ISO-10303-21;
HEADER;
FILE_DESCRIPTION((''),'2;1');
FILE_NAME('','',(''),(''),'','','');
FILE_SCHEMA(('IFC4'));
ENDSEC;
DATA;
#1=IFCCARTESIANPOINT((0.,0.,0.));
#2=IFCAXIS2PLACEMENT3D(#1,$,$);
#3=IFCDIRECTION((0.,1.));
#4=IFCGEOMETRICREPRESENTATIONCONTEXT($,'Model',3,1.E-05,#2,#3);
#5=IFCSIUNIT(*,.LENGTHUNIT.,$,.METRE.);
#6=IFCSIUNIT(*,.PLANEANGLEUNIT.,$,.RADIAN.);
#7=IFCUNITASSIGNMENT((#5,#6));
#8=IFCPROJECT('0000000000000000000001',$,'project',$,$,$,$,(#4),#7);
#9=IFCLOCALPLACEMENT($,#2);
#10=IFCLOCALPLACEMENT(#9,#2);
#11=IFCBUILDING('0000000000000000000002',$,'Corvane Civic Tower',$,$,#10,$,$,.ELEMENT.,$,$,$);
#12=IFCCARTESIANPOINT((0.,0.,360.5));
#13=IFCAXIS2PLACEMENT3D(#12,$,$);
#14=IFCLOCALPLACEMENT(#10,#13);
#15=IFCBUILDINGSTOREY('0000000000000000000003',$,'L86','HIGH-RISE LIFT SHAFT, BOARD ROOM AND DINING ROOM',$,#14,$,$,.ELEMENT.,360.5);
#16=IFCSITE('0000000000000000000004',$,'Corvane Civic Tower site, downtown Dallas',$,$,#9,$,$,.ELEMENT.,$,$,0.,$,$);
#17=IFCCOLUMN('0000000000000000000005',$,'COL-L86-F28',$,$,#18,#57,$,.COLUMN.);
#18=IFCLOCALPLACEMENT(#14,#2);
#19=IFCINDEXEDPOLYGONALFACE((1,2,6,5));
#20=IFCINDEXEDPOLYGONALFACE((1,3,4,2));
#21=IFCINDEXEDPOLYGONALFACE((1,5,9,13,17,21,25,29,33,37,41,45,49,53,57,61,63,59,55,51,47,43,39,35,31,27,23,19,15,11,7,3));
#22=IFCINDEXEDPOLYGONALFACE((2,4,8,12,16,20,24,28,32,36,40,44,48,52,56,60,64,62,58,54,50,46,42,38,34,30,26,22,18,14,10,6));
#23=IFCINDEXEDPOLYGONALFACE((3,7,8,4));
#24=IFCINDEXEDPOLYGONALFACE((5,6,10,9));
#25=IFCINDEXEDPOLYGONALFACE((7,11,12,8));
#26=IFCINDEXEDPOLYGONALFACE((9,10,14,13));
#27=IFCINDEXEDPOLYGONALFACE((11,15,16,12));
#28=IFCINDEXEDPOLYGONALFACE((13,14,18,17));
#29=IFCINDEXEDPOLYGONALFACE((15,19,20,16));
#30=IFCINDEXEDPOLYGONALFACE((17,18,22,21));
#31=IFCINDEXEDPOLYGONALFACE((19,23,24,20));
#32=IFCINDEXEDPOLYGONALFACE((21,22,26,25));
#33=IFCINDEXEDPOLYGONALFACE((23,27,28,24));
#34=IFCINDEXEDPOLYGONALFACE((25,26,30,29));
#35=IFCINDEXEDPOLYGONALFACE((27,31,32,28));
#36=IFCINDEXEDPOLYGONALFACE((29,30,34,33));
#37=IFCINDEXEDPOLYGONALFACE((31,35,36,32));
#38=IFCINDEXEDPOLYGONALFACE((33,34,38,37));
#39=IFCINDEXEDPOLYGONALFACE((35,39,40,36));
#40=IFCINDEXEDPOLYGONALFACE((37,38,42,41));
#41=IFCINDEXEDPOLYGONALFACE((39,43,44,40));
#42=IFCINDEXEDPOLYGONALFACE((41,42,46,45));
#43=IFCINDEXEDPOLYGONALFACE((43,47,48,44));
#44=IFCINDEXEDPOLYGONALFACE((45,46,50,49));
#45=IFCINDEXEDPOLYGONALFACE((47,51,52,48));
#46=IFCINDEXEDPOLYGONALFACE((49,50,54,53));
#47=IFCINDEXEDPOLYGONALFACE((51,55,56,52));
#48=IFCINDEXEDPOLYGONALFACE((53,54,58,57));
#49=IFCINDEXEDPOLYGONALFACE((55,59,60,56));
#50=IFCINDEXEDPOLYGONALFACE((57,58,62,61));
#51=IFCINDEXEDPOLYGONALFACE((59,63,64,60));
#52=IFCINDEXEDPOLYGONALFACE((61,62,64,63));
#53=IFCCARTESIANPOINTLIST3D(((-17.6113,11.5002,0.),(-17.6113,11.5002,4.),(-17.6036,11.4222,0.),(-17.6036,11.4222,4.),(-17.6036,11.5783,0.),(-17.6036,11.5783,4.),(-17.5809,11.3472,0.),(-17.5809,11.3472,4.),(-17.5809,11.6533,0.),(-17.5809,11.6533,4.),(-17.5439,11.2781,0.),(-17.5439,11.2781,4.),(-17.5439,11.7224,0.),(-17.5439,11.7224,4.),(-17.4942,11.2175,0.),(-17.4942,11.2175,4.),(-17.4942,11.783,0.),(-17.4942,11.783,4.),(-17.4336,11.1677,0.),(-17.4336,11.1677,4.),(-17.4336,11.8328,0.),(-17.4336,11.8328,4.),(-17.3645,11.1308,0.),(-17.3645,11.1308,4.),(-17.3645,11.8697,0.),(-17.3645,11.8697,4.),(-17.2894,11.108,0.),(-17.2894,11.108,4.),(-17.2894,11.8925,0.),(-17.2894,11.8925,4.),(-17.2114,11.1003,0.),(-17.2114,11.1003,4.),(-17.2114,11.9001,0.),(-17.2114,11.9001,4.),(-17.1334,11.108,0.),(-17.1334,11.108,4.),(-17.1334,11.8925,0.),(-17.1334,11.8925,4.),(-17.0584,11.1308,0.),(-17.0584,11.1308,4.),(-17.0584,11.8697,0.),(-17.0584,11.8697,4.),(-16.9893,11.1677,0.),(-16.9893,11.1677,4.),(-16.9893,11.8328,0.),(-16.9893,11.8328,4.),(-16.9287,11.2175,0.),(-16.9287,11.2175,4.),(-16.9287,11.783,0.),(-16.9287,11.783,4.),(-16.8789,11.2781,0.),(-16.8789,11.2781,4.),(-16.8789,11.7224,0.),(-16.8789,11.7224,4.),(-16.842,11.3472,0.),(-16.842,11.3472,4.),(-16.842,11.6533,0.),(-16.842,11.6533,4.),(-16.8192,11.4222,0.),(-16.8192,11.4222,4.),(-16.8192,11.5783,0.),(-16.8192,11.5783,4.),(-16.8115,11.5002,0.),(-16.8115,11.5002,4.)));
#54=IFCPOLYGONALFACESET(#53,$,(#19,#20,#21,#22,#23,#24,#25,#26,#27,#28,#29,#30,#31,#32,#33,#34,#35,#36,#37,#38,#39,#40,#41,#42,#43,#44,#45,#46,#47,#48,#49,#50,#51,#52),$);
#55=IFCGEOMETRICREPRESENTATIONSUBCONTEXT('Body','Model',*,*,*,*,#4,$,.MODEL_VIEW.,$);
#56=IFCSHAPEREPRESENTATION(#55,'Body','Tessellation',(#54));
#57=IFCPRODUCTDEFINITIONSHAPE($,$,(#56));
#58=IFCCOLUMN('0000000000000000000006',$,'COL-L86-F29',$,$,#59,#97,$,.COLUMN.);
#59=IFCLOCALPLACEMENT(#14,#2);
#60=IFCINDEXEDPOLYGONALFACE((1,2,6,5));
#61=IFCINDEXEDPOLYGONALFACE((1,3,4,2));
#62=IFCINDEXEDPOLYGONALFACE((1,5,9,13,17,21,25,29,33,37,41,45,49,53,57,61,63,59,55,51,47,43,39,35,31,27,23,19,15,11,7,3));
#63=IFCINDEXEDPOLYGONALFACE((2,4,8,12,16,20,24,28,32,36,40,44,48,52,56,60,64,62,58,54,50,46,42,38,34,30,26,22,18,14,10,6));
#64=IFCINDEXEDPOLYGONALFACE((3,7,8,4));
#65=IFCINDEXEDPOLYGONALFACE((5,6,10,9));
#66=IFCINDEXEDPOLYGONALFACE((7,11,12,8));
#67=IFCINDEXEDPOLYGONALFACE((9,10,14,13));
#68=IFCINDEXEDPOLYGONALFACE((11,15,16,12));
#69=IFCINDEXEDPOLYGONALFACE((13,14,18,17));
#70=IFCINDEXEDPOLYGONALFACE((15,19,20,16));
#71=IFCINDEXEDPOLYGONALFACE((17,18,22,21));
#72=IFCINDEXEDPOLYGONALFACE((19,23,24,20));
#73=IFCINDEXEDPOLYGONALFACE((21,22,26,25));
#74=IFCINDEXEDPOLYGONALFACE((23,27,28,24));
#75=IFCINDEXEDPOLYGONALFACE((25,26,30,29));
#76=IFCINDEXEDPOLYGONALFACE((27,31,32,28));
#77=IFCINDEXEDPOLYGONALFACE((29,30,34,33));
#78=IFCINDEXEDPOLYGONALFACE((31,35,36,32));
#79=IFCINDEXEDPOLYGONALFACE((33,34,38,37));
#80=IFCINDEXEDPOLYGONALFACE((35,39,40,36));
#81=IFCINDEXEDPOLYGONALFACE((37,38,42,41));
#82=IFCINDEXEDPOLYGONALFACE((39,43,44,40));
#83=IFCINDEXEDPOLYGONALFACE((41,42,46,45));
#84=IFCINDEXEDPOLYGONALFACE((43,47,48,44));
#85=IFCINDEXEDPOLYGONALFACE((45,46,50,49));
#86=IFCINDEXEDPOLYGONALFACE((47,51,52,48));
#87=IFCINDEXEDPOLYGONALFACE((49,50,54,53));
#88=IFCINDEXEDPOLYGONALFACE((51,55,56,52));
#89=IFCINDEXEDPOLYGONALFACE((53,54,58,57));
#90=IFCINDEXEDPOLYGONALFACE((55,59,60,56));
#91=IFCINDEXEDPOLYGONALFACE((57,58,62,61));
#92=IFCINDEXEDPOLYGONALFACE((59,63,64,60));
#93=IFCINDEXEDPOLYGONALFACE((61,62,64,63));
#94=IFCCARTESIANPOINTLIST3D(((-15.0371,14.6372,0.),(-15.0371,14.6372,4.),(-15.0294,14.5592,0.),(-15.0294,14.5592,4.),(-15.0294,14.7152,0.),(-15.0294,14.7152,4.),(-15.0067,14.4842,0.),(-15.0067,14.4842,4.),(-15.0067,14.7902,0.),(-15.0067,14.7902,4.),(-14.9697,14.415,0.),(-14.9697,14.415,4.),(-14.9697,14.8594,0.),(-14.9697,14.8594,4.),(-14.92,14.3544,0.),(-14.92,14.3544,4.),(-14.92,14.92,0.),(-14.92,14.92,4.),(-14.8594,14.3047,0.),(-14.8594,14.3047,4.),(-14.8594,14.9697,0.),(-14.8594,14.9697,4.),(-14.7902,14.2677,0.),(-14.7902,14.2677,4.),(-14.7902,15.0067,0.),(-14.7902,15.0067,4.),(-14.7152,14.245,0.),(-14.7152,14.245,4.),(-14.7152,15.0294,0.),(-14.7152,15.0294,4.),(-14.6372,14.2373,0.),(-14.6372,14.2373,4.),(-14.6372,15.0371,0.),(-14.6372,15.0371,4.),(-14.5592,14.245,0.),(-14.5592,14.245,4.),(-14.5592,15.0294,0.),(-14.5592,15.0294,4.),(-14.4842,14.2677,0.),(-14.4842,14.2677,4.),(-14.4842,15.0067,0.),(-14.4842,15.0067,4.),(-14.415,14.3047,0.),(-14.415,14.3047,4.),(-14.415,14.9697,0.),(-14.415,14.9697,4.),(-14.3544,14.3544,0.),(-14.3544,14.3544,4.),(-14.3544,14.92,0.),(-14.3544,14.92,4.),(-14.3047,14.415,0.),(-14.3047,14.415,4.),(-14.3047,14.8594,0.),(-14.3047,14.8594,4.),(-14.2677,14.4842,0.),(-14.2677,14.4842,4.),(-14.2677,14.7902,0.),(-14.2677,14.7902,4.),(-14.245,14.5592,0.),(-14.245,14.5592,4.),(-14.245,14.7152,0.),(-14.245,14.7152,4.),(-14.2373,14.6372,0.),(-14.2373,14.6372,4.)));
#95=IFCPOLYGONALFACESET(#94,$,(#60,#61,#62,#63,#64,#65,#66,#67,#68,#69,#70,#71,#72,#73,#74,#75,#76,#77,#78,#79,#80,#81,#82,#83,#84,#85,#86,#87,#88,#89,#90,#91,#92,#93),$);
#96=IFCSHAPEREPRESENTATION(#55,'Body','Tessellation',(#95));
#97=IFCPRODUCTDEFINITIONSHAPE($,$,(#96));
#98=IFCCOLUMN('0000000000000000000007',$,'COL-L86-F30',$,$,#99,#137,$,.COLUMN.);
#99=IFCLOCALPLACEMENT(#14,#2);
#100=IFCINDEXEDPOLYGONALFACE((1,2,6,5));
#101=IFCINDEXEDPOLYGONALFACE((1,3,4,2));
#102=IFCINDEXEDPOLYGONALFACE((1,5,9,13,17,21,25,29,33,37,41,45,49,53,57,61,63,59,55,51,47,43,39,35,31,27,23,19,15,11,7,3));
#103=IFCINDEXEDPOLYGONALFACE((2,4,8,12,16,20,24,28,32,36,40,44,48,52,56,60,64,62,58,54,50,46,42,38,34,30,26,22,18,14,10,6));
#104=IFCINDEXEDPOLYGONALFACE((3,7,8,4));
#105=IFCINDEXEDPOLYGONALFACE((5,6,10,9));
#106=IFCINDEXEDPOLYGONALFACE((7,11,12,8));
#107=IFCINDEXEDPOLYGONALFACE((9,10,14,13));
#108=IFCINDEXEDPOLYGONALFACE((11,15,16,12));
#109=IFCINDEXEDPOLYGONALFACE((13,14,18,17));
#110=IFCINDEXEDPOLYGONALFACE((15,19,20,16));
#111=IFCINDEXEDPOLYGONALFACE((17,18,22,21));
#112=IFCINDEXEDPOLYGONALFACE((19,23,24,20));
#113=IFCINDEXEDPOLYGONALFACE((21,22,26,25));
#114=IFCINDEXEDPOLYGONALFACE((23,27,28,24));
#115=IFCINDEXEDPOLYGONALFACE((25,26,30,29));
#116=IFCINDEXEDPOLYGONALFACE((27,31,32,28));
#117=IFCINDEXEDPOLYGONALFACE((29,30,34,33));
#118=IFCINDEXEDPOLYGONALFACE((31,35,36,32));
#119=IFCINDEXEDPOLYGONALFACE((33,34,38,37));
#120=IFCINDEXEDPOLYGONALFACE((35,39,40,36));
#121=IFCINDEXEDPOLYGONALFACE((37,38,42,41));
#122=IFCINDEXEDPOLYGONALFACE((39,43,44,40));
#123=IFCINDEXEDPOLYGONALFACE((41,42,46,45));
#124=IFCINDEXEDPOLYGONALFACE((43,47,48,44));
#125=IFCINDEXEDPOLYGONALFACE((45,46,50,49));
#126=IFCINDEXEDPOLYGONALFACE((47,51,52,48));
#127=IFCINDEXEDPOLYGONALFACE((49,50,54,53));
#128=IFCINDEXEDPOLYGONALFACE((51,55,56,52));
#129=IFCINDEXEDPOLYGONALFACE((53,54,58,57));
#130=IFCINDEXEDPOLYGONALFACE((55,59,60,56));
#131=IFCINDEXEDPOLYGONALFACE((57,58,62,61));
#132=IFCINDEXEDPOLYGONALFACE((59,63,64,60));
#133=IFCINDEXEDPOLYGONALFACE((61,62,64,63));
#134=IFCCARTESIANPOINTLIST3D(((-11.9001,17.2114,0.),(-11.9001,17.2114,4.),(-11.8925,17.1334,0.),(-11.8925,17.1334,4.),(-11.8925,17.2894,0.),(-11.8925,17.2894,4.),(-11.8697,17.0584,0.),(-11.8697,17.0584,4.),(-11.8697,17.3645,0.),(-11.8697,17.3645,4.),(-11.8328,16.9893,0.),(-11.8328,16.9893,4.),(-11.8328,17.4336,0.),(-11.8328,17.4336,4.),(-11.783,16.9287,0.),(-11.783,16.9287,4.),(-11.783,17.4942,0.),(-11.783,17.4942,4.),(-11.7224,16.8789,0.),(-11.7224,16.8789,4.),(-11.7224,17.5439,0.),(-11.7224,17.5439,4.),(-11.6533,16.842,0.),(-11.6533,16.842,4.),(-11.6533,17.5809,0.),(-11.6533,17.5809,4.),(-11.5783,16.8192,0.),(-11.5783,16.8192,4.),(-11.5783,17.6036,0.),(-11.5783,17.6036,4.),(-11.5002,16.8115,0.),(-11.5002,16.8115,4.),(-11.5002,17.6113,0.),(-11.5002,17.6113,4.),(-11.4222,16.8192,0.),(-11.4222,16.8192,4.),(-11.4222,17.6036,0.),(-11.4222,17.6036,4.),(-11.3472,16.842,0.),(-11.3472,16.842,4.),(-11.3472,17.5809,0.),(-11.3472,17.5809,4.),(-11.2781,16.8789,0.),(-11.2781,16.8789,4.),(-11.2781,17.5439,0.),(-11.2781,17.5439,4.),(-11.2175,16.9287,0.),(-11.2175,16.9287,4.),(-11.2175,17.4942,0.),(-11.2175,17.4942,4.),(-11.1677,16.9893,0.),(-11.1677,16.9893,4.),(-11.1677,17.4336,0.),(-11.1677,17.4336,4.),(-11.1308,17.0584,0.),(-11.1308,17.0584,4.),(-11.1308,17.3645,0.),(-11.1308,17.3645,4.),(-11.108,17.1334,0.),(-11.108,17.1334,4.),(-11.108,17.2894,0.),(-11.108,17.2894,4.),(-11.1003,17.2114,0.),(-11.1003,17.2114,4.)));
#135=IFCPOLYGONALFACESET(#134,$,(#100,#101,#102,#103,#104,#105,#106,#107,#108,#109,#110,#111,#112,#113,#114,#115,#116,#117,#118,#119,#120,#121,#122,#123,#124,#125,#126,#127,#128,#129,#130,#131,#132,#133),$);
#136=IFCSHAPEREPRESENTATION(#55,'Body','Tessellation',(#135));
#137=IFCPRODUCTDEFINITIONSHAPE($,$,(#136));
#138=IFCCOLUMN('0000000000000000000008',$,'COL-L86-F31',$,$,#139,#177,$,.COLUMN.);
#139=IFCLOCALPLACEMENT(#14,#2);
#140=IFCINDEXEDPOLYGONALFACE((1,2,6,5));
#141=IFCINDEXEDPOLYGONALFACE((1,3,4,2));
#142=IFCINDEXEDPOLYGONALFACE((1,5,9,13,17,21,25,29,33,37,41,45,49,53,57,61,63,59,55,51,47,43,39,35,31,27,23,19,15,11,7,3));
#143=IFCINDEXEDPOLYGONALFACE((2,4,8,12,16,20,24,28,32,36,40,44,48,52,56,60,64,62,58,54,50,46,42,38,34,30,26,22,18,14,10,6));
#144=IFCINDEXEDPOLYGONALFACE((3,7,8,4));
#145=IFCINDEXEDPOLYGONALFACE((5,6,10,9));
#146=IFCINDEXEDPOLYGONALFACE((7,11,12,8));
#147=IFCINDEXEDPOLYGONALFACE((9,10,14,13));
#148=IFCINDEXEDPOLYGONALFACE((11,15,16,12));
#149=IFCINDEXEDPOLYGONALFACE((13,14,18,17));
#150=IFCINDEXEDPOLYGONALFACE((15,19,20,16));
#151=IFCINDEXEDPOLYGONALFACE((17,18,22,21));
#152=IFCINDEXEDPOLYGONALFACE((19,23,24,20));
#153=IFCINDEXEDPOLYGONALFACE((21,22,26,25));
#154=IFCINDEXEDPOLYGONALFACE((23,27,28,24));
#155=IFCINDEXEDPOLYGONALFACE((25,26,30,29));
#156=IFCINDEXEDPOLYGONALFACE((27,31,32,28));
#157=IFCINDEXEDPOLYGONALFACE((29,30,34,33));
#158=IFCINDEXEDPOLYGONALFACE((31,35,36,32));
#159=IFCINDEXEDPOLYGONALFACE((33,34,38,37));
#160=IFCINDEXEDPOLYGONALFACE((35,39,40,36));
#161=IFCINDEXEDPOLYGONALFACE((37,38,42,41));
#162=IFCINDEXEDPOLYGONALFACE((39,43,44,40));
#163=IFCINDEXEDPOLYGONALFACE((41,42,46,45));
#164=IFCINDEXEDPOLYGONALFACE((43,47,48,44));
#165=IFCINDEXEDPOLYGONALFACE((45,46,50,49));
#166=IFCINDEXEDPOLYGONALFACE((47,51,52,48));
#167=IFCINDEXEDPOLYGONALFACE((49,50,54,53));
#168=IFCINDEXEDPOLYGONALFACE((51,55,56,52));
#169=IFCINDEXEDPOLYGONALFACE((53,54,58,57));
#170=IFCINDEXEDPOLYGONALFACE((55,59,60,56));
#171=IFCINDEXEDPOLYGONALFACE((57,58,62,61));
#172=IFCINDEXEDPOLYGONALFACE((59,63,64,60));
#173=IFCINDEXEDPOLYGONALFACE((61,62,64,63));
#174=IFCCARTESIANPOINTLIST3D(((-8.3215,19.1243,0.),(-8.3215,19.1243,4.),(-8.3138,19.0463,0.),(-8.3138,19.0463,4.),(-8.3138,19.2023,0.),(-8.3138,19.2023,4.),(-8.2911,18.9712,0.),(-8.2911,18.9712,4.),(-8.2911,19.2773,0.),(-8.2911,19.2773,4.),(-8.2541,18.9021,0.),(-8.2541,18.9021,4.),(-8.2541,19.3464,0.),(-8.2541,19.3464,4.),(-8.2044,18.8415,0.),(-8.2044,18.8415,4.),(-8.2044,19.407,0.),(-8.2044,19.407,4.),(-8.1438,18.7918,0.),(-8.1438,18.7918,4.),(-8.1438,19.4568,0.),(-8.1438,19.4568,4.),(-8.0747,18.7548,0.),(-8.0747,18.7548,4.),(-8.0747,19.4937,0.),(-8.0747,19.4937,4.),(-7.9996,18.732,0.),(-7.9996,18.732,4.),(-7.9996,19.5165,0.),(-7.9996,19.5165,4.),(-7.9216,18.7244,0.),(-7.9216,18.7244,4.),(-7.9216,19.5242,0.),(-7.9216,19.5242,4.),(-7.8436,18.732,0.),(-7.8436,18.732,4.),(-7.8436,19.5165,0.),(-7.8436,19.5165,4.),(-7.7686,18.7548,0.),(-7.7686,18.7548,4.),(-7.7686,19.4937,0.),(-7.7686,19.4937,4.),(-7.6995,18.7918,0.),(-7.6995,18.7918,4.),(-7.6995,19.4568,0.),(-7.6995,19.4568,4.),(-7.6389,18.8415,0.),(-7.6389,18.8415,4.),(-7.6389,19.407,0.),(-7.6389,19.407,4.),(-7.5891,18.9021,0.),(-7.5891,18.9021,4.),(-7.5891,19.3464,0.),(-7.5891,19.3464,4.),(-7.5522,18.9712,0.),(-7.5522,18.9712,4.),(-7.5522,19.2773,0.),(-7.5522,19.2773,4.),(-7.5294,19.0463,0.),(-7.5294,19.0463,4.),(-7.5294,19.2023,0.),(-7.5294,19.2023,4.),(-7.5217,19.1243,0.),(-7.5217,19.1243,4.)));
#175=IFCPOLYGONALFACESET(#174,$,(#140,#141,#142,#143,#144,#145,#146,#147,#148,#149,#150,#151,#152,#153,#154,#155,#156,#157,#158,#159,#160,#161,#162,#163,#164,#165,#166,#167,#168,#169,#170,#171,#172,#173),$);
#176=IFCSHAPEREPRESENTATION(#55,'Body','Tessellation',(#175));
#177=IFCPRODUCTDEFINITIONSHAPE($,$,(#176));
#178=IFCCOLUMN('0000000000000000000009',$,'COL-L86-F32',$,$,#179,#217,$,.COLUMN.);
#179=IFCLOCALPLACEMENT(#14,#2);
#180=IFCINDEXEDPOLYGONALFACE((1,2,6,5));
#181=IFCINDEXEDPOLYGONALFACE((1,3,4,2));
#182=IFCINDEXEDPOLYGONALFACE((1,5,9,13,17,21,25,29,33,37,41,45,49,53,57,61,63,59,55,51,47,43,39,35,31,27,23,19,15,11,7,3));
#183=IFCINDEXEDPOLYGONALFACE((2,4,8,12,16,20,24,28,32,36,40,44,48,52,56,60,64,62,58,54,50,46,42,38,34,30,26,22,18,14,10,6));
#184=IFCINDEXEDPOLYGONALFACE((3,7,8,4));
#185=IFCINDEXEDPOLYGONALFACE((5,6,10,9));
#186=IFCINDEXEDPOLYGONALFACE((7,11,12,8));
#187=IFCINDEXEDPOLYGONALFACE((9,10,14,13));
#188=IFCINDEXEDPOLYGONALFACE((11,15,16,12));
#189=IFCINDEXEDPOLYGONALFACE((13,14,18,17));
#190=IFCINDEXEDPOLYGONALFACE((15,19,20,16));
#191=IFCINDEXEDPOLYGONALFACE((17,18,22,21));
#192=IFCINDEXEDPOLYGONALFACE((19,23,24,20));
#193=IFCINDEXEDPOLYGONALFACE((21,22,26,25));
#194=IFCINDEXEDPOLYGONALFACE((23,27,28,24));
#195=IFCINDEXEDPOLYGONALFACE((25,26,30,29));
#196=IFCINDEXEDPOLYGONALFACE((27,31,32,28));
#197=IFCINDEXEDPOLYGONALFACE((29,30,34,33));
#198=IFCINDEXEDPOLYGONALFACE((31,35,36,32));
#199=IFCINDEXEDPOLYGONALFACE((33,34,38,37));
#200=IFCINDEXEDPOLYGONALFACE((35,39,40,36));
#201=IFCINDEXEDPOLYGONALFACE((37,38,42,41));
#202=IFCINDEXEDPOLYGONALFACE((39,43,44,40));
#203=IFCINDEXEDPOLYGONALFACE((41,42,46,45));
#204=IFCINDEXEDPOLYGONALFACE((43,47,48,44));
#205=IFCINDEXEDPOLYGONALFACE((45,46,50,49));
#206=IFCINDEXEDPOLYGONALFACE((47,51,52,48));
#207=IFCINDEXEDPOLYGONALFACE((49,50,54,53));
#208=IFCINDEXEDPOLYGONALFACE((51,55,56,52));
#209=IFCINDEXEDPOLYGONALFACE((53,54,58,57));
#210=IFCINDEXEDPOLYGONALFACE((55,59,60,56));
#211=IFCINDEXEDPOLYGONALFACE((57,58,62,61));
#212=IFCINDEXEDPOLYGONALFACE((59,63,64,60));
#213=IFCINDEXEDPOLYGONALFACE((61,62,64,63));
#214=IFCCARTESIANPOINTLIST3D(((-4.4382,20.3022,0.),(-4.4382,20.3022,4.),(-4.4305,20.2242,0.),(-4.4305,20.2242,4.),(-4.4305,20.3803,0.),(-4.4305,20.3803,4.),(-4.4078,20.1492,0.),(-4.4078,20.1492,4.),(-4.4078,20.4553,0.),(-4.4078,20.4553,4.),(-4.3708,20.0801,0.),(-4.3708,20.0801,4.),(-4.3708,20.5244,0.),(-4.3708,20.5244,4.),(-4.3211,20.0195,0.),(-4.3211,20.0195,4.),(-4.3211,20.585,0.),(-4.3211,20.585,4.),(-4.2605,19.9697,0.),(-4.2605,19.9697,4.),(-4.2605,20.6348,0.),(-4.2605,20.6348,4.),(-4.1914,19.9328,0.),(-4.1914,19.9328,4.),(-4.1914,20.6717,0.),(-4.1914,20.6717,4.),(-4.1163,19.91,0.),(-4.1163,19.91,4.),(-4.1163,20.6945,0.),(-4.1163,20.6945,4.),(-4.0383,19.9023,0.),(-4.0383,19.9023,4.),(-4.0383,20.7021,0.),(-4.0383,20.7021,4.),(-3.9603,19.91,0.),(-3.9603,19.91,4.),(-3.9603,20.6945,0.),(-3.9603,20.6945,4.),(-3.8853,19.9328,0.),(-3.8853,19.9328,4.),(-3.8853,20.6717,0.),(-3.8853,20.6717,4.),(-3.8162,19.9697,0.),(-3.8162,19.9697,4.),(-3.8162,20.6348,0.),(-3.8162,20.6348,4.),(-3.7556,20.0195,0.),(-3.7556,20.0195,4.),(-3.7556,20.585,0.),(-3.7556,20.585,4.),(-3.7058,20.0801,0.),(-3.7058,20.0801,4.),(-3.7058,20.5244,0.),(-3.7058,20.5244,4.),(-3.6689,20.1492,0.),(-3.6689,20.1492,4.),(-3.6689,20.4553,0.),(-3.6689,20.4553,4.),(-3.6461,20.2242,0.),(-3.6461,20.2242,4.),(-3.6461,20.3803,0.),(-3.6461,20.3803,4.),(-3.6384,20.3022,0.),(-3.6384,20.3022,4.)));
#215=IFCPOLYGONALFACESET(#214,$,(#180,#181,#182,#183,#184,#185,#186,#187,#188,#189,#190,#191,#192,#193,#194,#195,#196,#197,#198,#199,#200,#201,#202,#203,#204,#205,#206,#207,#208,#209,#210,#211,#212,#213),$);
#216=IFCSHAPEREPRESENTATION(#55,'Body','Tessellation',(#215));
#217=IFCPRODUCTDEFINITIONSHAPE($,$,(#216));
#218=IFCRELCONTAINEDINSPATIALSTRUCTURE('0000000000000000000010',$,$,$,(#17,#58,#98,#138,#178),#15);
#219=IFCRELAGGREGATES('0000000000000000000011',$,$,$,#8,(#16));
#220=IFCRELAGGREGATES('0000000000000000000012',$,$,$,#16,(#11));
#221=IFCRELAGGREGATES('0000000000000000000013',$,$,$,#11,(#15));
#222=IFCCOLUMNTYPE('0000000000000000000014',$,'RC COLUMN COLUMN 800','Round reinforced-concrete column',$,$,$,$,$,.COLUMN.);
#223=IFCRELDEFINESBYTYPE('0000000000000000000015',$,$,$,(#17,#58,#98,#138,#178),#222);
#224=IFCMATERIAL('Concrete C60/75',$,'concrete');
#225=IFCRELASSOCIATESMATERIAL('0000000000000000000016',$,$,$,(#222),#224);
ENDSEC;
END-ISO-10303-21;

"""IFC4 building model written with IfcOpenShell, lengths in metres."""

from ifc_helpers import new_model, si_unit, direction, frame, origin, origin_2d, place, context, subcontext, project, spatial, circle, extrude, material, material_profile, profile_set, type_object, element, save


model = new_model("IFC4")

# Units and contexts
model_context = context("Model", 3, precision=1e-05, world=origin(), true_north=direction((0.0, 1.0)))
body_context = subcontext(model_context, "Body", "Model", "MODEL_VIEW")
ifc_project = project(units=[si_unit("LENGTHUNIT", "METRE"), si_unit("PLANEANGLEUNIT", "RADIAN")], contexts=[model_context])

# Site, building, storey
site_placement = place(None, origin())
site = spatial("IfcSite", under=ifc_project, at=site_placement, Name="Corvane Civic Tower site, downtown Dallas", CompositionType="ELEMENT", RefElevation=0.0)
building_placement = place(site_placement, origin())
building = spatial("IfcBuilding", under=site, at=building_placement, Name="Corvane Civic Tower", CompositionType="ELEMENT")
storey_placement = place(building_placement, frame((0.0, 0.0, 360.5)))
storey = spatial("IfcBuildingStorey", under=building, at=storey_placement, Name="L86", Description="HIGH-RISE LIFT SHAFT, BOARD ROOM AND DINING ROOM", CompositionType="ELEMENT", Elevation=360.5)

# Columns
ifc_material_1 = material(Name="Concrete C60/75", Category="concrete")
ifc_material_profile_1 = material_profile(ifc_material_1, circle(Radius=0.3999, at=origin_2d()), Name="COLUMN 800")
ifc_profile_set_1 = profile_set([ifc_material_profile_1], Name="Concrete C60/75")
column_type = type_object("IfcColumnType", Name="RC COLUMN COLUMN 800", Description="Round reinforced-concrete column", PredefinedType="COLUMN", material=ifc_profile_set_1)
for number, where, z_axis, x_axis, name in (
    (1, (-17.2114, 11.5002, 0.0), (0.0, 0.0, 1.0), (1.0, 0.0, 0.0), "COL-L86-F28"),
    (2, (-14.6372, 14.6372, 0.0), (0.0, 0.0, 1.0), (1.0, 0.0, 0.0), "COL-L86-F29"),
    (3, (-11.5002, 17.2114, 0.0), (0.0, 0.0, 1.0), (1.0, 0.0, 0.0), "COL-L86-F30"),
    (4, (-7.9216, 19.1243, 0.0), (0.0, 0.0, 1.0), (1.0, 0.0, 0.0), "COL-L86-F31"),
    (5, (-4.0383, 20.3022, 0.0), (0.0, 0.0, 1.0), (1.0, 0.0, 0.0), "COL-L86-F32"),
):
    element("IfcColumn", number, at=place(storey_placement, frame(where, z_axis=z_axis, x_axis=x_axis)), inside=storey, type_object=column_type, Name=name, PredefinedType="COLUMN", context=body_context, shape_type="SweptSolid", body=[
        extrude(circle(Radius=0.3999, at=origin_2d()), origin(), (0.0, 0.0, 1.0), 4.0),
    ])

save(model, "model.ifc")
